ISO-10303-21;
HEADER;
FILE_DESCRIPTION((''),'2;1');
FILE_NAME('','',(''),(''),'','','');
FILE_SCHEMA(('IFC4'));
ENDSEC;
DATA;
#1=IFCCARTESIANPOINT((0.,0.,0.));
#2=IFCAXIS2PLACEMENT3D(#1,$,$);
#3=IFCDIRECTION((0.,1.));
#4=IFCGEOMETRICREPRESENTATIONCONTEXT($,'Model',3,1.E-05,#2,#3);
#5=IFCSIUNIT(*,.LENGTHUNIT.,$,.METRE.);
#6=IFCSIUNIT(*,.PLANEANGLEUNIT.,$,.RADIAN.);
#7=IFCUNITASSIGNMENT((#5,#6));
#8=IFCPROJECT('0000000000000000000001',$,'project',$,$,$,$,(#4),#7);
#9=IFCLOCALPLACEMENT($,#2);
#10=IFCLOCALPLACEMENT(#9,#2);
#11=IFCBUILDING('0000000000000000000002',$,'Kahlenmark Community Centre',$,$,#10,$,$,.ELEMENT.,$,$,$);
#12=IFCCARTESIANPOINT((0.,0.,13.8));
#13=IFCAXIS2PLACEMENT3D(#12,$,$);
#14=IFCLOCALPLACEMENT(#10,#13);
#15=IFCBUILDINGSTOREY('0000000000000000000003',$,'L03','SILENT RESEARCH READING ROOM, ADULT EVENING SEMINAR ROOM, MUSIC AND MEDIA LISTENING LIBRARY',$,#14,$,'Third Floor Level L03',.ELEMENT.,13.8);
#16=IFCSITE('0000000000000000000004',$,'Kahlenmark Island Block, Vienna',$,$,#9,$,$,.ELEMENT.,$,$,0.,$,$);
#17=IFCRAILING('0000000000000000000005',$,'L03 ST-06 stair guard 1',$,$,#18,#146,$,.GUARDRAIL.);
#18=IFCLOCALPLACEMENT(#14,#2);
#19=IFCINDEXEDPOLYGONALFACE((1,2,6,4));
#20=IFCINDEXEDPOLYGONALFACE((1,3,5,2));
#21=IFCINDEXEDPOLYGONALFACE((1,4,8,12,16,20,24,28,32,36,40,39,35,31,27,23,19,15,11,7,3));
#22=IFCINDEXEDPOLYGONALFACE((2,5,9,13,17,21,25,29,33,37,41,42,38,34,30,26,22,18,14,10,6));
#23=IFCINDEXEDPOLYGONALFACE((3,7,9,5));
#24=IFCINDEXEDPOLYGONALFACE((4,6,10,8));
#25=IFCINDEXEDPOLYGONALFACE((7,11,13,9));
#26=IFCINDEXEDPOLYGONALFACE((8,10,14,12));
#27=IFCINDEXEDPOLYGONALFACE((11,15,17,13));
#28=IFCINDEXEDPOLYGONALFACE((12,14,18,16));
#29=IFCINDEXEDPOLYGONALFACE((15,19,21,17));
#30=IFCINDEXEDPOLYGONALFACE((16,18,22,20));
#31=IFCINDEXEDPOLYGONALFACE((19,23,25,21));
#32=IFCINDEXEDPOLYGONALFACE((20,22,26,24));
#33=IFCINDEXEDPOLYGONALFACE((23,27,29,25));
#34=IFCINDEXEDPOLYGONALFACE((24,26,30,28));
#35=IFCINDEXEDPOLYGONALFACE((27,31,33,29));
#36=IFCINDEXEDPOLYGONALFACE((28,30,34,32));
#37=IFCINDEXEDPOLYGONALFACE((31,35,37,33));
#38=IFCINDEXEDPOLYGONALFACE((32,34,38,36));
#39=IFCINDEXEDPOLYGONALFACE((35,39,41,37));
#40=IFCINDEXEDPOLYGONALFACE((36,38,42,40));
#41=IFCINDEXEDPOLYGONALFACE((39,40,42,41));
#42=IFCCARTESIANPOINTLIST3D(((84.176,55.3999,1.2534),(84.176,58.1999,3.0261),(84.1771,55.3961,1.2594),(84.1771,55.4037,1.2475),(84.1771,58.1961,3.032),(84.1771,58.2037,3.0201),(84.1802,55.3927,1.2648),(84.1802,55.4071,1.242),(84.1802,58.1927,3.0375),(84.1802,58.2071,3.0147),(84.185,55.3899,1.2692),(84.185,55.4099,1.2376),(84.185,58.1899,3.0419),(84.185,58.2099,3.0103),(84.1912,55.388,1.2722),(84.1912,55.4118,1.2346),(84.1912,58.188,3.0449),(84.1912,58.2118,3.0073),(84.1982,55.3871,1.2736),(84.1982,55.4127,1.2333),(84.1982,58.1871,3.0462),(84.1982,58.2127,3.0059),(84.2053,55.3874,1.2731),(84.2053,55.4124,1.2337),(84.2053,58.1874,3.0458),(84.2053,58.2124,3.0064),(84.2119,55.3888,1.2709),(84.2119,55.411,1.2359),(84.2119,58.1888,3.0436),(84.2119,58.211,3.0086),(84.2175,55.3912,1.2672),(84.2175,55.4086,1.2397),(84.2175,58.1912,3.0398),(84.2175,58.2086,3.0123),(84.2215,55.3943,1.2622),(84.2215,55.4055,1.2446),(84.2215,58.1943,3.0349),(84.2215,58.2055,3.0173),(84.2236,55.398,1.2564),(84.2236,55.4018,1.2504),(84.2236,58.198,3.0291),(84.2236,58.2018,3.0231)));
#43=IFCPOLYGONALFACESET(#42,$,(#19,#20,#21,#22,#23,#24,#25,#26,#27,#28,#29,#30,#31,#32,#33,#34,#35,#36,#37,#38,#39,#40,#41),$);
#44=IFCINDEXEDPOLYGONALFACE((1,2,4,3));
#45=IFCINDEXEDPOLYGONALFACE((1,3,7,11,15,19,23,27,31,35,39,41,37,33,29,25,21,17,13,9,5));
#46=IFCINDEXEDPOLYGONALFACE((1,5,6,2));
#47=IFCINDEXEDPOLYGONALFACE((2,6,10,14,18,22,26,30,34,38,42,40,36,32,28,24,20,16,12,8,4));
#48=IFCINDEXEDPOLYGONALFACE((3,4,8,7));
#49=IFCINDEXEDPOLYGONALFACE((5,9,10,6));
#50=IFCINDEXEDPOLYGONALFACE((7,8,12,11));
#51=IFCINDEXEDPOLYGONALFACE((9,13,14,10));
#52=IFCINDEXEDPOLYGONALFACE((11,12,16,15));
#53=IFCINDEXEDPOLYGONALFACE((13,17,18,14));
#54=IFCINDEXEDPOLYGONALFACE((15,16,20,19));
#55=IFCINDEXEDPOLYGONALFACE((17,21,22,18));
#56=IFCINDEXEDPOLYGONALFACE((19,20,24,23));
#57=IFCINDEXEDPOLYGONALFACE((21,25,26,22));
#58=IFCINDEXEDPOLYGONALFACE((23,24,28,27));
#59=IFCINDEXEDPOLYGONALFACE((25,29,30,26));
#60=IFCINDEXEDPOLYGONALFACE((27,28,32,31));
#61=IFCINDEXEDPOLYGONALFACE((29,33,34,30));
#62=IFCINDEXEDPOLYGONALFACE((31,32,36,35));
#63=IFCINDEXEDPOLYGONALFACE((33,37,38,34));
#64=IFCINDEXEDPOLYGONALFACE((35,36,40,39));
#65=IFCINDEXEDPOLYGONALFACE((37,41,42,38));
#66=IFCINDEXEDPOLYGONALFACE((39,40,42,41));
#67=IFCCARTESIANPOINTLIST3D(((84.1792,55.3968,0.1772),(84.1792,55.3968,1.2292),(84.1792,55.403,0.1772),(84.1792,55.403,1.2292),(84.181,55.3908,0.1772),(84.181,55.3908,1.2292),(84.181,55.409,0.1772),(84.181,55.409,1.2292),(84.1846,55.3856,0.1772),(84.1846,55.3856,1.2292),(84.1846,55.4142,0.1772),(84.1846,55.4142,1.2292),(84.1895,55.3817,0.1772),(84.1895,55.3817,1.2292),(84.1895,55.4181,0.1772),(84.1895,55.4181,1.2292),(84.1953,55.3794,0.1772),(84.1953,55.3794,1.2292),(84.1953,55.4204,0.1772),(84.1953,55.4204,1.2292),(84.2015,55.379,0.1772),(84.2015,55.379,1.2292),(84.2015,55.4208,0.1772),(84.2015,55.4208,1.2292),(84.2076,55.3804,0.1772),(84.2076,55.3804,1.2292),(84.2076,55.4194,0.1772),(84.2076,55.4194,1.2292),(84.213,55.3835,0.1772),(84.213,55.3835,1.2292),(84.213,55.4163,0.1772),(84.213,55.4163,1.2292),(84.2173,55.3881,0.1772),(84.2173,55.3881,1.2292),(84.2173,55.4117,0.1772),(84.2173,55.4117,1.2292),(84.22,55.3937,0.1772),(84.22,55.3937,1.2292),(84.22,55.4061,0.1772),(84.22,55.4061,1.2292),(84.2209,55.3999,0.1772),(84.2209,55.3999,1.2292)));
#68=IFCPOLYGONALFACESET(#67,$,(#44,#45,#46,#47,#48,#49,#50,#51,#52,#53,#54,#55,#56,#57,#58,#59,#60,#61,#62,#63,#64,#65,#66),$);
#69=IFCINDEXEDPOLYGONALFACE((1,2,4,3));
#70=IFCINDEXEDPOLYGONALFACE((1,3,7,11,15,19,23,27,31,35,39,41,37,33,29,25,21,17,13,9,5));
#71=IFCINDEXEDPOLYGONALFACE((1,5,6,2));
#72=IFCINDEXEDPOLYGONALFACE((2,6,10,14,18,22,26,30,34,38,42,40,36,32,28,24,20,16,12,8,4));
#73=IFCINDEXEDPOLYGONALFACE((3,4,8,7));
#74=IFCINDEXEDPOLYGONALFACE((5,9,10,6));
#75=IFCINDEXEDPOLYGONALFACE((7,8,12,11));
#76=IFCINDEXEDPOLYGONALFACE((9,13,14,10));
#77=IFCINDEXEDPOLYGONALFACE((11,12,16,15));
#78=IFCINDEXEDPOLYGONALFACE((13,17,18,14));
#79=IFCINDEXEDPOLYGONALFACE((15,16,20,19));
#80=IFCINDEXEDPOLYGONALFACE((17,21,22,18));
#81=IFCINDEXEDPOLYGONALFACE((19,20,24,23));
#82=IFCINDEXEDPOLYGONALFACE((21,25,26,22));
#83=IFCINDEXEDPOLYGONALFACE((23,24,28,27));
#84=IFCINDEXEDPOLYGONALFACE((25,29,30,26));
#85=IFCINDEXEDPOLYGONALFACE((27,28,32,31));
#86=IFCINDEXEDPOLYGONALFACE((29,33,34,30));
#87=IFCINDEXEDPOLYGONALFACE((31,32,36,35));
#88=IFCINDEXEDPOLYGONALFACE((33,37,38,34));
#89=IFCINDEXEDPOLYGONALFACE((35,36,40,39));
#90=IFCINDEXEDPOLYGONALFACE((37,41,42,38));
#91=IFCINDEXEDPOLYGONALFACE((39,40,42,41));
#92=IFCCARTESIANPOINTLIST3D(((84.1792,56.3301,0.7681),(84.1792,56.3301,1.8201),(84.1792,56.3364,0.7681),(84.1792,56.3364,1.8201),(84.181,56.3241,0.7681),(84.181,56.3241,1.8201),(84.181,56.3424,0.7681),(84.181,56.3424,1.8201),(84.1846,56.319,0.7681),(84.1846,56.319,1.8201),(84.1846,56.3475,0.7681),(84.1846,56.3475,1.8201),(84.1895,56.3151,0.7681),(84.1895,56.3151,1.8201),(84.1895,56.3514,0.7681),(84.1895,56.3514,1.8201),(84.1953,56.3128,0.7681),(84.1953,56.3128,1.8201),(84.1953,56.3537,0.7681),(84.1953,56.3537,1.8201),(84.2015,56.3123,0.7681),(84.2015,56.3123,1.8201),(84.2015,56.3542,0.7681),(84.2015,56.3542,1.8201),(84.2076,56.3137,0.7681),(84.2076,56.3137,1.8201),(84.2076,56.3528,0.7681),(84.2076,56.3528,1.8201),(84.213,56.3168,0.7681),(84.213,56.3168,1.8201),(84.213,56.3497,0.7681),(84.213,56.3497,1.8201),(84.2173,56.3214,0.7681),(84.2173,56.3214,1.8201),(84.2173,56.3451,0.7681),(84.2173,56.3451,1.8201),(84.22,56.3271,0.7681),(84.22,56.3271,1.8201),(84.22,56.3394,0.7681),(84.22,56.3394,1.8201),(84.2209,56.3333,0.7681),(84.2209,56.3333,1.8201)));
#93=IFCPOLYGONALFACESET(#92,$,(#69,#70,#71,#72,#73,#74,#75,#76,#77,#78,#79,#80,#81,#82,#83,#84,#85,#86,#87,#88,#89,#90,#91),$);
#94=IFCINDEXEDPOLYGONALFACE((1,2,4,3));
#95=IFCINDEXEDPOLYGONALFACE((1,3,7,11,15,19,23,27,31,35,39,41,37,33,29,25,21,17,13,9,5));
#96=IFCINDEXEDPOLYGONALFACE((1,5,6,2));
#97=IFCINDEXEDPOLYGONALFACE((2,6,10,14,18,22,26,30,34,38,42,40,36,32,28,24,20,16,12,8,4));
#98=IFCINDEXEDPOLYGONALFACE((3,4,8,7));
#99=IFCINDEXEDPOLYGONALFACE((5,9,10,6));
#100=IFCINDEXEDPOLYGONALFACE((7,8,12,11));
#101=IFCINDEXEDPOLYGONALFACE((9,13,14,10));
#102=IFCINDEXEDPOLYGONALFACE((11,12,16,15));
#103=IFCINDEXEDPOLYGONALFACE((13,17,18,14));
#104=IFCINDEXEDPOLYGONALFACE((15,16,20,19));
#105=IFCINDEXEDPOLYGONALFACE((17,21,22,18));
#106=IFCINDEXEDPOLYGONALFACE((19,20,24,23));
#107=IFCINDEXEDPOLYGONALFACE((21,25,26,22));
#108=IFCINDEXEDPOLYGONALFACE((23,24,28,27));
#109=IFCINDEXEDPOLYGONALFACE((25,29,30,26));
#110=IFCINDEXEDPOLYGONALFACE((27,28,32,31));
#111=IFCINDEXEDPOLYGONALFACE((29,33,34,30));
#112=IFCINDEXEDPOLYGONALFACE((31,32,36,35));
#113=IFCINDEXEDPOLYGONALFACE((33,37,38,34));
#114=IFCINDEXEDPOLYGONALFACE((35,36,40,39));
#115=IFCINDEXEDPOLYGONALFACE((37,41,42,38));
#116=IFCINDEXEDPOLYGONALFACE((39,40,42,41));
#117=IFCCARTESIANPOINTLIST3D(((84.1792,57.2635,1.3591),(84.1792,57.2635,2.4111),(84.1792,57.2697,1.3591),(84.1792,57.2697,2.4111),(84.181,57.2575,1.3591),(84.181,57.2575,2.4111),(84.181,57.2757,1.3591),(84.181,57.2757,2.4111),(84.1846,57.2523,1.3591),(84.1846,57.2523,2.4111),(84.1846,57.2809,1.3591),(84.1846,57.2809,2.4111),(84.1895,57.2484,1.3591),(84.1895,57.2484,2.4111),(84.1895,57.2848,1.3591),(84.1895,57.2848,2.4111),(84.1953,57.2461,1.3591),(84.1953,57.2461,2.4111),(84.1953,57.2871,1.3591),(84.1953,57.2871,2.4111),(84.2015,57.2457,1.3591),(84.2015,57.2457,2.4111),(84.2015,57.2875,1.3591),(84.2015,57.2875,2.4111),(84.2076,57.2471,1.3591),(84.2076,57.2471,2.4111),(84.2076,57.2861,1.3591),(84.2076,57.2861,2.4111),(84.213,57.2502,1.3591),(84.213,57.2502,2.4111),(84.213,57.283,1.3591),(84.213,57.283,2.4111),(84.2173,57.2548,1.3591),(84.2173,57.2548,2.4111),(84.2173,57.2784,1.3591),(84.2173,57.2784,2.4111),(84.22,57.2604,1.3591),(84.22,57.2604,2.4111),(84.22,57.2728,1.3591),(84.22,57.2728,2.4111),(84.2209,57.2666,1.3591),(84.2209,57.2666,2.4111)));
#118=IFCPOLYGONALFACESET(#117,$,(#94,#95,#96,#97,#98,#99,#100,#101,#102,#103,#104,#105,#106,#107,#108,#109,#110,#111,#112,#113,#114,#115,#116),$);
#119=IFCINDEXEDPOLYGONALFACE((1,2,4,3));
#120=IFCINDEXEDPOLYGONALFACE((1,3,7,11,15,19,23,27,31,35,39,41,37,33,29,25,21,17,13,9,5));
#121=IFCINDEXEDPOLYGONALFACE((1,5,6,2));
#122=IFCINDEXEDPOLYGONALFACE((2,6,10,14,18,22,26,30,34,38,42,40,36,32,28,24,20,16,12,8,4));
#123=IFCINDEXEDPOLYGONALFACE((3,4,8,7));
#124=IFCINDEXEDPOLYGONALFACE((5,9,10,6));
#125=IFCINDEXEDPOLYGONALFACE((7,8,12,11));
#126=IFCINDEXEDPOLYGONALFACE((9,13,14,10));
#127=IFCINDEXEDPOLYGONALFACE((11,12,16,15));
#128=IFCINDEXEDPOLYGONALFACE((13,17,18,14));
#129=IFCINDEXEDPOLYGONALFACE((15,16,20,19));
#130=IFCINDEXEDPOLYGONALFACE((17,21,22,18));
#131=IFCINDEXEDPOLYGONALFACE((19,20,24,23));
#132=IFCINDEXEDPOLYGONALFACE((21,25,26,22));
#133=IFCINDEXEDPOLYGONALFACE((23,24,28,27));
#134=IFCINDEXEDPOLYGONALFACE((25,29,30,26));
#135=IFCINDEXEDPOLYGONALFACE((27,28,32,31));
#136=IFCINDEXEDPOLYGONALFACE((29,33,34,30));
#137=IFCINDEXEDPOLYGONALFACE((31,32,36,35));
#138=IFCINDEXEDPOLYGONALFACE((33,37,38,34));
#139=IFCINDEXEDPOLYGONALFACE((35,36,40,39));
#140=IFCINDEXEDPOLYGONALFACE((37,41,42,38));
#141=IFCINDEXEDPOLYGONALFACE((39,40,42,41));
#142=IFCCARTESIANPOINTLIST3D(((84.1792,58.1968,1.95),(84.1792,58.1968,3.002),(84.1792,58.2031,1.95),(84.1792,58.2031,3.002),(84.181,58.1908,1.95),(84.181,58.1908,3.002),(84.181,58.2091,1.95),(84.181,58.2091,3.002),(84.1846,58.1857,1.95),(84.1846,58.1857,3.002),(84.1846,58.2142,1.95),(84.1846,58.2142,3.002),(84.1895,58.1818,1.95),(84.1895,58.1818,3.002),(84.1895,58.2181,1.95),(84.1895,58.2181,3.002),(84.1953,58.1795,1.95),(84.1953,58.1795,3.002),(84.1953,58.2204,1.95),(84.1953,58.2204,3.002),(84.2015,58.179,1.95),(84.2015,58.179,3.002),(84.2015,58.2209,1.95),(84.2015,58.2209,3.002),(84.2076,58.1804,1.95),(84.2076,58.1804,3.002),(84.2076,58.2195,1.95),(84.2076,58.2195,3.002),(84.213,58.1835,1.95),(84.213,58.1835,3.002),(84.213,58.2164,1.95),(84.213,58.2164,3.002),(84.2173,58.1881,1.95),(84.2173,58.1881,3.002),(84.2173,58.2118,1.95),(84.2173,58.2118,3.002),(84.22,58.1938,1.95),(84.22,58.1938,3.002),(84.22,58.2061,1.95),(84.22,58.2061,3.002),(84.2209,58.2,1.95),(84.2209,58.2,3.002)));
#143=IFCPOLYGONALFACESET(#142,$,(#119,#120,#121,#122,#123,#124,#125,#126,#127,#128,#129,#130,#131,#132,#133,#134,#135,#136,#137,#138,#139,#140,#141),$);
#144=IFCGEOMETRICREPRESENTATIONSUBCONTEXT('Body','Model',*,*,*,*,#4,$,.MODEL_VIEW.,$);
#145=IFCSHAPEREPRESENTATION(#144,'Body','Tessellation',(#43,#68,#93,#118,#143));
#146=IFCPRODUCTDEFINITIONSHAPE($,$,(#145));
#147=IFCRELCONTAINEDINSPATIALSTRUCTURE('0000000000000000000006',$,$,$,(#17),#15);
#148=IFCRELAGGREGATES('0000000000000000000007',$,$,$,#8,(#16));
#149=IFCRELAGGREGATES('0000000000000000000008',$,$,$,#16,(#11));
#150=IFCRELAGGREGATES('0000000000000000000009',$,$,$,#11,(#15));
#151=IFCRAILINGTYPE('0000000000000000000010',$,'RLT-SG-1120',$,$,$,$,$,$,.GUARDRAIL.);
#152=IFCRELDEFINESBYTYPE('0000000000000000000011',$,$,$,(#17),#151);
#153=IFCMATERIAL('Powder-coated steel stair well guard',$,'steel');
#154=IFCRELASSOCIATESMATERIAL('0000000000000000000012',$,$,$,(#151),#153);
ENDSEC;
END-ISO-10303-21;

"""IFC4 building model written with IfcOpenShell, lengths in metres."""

from ifc_helpers import new_model, si_unit, direction, frame, origin, origin_2d, place, context, subcontext, project, spatial, circle, extrude, material, type_object, element, save


model = new_model("IFC4")

# Units and contexts
model_context = context("Model", 3, precision=1e-05, world=origin(), true_north=direction((0.0, 1.0)))
body_context = subcontext(model_context, "Body", "Model", "MODEL_VIEW")
ifc_project = project(units=[si_unit("LENGTHUNIT", "METRE"), si_unit("PLANEANGLEUNIT", "RADIAN")], contexts=[model_context])

# Site, building, storey
site_placement = place(None, origin())
site = spatial("IfcSite", under=ifc_project, at=site_placement, Name="Kahlenmark Island Block, Vienna", CompositionType="ELEMENT", RefElevation=0.0)
building_placement = place(site_placement, origin())
building = spatial("IfcBuilding", under=site, at=building_placement, Name="Kahlenmark Community Centre", CompositionType="ELEMENT")
storey_placement = place(building_placement, frame((0.0, 0.0, 13.8)))
storey = spatial("IfcBuildingStorey", under=building, at=storey_placement, Name="L03", Description="SILENT RESEARCH READING ROOM, ADULT EVENING SEMINAR ROOM, MUSIC AND MEDIA LISTENING LIBRARY", LongName="Third Floor Level L03", CompositionType="ELEMENT", Elevation=13.8)

# Railing
ifc_material_1 = material(Name="Powder-coated steel stair well guard", Category="steel")
railing_type_1 = type_object("IfcRailingType", Name="RLT-SG-1120", PredefinedType="GUARDRAIL", material=ifc_material_1)
railing_1_placement = place(storey_placement, frame((84.2, 55.3999, 0.1772)))
element("IfcRailing", 1, at=railing_1_placement, inside=storey, type_object=railing_type_1, Name="L03 ST-06 stair guard 1", PredefinedType="GUARDRAIL", context=body_context, shape_type="SweptSolid", body=[
    extrude(circle(Radius=0.0239, at=origin_2d()), frame((0.0, 0.0, 1.0762), z_axis=(0.0, 0.844909, 0.53491), x_axis=(-1.0, 0.0, 0.0)), (0.0, 0.0, 1.0), 3.314),
    extrude(circle(Radius=0.021, at=origin_2d()), origin(), (0.0, 0.0, 1.0), 1.052),
    extrude(circle(Radius=0.021, at=origin_2d()), frame((0.0, 0.9333, 0.5908)), (0.0, 0.0, 1.0), 1.052),
    extrude(circle(Radius=0.021, at=origin_2d()), frame((0.0, 1.8667, 1.1819)), (0.0, 0.0, 1.0), 1.052),
    extrude(circle(Radius=0.021, at=origin_2d()), frame((0.0, 2.8, 1.7727)), (0.0, 0.0, 1.0), 1.052),
])

save(model, "model.ifc")
